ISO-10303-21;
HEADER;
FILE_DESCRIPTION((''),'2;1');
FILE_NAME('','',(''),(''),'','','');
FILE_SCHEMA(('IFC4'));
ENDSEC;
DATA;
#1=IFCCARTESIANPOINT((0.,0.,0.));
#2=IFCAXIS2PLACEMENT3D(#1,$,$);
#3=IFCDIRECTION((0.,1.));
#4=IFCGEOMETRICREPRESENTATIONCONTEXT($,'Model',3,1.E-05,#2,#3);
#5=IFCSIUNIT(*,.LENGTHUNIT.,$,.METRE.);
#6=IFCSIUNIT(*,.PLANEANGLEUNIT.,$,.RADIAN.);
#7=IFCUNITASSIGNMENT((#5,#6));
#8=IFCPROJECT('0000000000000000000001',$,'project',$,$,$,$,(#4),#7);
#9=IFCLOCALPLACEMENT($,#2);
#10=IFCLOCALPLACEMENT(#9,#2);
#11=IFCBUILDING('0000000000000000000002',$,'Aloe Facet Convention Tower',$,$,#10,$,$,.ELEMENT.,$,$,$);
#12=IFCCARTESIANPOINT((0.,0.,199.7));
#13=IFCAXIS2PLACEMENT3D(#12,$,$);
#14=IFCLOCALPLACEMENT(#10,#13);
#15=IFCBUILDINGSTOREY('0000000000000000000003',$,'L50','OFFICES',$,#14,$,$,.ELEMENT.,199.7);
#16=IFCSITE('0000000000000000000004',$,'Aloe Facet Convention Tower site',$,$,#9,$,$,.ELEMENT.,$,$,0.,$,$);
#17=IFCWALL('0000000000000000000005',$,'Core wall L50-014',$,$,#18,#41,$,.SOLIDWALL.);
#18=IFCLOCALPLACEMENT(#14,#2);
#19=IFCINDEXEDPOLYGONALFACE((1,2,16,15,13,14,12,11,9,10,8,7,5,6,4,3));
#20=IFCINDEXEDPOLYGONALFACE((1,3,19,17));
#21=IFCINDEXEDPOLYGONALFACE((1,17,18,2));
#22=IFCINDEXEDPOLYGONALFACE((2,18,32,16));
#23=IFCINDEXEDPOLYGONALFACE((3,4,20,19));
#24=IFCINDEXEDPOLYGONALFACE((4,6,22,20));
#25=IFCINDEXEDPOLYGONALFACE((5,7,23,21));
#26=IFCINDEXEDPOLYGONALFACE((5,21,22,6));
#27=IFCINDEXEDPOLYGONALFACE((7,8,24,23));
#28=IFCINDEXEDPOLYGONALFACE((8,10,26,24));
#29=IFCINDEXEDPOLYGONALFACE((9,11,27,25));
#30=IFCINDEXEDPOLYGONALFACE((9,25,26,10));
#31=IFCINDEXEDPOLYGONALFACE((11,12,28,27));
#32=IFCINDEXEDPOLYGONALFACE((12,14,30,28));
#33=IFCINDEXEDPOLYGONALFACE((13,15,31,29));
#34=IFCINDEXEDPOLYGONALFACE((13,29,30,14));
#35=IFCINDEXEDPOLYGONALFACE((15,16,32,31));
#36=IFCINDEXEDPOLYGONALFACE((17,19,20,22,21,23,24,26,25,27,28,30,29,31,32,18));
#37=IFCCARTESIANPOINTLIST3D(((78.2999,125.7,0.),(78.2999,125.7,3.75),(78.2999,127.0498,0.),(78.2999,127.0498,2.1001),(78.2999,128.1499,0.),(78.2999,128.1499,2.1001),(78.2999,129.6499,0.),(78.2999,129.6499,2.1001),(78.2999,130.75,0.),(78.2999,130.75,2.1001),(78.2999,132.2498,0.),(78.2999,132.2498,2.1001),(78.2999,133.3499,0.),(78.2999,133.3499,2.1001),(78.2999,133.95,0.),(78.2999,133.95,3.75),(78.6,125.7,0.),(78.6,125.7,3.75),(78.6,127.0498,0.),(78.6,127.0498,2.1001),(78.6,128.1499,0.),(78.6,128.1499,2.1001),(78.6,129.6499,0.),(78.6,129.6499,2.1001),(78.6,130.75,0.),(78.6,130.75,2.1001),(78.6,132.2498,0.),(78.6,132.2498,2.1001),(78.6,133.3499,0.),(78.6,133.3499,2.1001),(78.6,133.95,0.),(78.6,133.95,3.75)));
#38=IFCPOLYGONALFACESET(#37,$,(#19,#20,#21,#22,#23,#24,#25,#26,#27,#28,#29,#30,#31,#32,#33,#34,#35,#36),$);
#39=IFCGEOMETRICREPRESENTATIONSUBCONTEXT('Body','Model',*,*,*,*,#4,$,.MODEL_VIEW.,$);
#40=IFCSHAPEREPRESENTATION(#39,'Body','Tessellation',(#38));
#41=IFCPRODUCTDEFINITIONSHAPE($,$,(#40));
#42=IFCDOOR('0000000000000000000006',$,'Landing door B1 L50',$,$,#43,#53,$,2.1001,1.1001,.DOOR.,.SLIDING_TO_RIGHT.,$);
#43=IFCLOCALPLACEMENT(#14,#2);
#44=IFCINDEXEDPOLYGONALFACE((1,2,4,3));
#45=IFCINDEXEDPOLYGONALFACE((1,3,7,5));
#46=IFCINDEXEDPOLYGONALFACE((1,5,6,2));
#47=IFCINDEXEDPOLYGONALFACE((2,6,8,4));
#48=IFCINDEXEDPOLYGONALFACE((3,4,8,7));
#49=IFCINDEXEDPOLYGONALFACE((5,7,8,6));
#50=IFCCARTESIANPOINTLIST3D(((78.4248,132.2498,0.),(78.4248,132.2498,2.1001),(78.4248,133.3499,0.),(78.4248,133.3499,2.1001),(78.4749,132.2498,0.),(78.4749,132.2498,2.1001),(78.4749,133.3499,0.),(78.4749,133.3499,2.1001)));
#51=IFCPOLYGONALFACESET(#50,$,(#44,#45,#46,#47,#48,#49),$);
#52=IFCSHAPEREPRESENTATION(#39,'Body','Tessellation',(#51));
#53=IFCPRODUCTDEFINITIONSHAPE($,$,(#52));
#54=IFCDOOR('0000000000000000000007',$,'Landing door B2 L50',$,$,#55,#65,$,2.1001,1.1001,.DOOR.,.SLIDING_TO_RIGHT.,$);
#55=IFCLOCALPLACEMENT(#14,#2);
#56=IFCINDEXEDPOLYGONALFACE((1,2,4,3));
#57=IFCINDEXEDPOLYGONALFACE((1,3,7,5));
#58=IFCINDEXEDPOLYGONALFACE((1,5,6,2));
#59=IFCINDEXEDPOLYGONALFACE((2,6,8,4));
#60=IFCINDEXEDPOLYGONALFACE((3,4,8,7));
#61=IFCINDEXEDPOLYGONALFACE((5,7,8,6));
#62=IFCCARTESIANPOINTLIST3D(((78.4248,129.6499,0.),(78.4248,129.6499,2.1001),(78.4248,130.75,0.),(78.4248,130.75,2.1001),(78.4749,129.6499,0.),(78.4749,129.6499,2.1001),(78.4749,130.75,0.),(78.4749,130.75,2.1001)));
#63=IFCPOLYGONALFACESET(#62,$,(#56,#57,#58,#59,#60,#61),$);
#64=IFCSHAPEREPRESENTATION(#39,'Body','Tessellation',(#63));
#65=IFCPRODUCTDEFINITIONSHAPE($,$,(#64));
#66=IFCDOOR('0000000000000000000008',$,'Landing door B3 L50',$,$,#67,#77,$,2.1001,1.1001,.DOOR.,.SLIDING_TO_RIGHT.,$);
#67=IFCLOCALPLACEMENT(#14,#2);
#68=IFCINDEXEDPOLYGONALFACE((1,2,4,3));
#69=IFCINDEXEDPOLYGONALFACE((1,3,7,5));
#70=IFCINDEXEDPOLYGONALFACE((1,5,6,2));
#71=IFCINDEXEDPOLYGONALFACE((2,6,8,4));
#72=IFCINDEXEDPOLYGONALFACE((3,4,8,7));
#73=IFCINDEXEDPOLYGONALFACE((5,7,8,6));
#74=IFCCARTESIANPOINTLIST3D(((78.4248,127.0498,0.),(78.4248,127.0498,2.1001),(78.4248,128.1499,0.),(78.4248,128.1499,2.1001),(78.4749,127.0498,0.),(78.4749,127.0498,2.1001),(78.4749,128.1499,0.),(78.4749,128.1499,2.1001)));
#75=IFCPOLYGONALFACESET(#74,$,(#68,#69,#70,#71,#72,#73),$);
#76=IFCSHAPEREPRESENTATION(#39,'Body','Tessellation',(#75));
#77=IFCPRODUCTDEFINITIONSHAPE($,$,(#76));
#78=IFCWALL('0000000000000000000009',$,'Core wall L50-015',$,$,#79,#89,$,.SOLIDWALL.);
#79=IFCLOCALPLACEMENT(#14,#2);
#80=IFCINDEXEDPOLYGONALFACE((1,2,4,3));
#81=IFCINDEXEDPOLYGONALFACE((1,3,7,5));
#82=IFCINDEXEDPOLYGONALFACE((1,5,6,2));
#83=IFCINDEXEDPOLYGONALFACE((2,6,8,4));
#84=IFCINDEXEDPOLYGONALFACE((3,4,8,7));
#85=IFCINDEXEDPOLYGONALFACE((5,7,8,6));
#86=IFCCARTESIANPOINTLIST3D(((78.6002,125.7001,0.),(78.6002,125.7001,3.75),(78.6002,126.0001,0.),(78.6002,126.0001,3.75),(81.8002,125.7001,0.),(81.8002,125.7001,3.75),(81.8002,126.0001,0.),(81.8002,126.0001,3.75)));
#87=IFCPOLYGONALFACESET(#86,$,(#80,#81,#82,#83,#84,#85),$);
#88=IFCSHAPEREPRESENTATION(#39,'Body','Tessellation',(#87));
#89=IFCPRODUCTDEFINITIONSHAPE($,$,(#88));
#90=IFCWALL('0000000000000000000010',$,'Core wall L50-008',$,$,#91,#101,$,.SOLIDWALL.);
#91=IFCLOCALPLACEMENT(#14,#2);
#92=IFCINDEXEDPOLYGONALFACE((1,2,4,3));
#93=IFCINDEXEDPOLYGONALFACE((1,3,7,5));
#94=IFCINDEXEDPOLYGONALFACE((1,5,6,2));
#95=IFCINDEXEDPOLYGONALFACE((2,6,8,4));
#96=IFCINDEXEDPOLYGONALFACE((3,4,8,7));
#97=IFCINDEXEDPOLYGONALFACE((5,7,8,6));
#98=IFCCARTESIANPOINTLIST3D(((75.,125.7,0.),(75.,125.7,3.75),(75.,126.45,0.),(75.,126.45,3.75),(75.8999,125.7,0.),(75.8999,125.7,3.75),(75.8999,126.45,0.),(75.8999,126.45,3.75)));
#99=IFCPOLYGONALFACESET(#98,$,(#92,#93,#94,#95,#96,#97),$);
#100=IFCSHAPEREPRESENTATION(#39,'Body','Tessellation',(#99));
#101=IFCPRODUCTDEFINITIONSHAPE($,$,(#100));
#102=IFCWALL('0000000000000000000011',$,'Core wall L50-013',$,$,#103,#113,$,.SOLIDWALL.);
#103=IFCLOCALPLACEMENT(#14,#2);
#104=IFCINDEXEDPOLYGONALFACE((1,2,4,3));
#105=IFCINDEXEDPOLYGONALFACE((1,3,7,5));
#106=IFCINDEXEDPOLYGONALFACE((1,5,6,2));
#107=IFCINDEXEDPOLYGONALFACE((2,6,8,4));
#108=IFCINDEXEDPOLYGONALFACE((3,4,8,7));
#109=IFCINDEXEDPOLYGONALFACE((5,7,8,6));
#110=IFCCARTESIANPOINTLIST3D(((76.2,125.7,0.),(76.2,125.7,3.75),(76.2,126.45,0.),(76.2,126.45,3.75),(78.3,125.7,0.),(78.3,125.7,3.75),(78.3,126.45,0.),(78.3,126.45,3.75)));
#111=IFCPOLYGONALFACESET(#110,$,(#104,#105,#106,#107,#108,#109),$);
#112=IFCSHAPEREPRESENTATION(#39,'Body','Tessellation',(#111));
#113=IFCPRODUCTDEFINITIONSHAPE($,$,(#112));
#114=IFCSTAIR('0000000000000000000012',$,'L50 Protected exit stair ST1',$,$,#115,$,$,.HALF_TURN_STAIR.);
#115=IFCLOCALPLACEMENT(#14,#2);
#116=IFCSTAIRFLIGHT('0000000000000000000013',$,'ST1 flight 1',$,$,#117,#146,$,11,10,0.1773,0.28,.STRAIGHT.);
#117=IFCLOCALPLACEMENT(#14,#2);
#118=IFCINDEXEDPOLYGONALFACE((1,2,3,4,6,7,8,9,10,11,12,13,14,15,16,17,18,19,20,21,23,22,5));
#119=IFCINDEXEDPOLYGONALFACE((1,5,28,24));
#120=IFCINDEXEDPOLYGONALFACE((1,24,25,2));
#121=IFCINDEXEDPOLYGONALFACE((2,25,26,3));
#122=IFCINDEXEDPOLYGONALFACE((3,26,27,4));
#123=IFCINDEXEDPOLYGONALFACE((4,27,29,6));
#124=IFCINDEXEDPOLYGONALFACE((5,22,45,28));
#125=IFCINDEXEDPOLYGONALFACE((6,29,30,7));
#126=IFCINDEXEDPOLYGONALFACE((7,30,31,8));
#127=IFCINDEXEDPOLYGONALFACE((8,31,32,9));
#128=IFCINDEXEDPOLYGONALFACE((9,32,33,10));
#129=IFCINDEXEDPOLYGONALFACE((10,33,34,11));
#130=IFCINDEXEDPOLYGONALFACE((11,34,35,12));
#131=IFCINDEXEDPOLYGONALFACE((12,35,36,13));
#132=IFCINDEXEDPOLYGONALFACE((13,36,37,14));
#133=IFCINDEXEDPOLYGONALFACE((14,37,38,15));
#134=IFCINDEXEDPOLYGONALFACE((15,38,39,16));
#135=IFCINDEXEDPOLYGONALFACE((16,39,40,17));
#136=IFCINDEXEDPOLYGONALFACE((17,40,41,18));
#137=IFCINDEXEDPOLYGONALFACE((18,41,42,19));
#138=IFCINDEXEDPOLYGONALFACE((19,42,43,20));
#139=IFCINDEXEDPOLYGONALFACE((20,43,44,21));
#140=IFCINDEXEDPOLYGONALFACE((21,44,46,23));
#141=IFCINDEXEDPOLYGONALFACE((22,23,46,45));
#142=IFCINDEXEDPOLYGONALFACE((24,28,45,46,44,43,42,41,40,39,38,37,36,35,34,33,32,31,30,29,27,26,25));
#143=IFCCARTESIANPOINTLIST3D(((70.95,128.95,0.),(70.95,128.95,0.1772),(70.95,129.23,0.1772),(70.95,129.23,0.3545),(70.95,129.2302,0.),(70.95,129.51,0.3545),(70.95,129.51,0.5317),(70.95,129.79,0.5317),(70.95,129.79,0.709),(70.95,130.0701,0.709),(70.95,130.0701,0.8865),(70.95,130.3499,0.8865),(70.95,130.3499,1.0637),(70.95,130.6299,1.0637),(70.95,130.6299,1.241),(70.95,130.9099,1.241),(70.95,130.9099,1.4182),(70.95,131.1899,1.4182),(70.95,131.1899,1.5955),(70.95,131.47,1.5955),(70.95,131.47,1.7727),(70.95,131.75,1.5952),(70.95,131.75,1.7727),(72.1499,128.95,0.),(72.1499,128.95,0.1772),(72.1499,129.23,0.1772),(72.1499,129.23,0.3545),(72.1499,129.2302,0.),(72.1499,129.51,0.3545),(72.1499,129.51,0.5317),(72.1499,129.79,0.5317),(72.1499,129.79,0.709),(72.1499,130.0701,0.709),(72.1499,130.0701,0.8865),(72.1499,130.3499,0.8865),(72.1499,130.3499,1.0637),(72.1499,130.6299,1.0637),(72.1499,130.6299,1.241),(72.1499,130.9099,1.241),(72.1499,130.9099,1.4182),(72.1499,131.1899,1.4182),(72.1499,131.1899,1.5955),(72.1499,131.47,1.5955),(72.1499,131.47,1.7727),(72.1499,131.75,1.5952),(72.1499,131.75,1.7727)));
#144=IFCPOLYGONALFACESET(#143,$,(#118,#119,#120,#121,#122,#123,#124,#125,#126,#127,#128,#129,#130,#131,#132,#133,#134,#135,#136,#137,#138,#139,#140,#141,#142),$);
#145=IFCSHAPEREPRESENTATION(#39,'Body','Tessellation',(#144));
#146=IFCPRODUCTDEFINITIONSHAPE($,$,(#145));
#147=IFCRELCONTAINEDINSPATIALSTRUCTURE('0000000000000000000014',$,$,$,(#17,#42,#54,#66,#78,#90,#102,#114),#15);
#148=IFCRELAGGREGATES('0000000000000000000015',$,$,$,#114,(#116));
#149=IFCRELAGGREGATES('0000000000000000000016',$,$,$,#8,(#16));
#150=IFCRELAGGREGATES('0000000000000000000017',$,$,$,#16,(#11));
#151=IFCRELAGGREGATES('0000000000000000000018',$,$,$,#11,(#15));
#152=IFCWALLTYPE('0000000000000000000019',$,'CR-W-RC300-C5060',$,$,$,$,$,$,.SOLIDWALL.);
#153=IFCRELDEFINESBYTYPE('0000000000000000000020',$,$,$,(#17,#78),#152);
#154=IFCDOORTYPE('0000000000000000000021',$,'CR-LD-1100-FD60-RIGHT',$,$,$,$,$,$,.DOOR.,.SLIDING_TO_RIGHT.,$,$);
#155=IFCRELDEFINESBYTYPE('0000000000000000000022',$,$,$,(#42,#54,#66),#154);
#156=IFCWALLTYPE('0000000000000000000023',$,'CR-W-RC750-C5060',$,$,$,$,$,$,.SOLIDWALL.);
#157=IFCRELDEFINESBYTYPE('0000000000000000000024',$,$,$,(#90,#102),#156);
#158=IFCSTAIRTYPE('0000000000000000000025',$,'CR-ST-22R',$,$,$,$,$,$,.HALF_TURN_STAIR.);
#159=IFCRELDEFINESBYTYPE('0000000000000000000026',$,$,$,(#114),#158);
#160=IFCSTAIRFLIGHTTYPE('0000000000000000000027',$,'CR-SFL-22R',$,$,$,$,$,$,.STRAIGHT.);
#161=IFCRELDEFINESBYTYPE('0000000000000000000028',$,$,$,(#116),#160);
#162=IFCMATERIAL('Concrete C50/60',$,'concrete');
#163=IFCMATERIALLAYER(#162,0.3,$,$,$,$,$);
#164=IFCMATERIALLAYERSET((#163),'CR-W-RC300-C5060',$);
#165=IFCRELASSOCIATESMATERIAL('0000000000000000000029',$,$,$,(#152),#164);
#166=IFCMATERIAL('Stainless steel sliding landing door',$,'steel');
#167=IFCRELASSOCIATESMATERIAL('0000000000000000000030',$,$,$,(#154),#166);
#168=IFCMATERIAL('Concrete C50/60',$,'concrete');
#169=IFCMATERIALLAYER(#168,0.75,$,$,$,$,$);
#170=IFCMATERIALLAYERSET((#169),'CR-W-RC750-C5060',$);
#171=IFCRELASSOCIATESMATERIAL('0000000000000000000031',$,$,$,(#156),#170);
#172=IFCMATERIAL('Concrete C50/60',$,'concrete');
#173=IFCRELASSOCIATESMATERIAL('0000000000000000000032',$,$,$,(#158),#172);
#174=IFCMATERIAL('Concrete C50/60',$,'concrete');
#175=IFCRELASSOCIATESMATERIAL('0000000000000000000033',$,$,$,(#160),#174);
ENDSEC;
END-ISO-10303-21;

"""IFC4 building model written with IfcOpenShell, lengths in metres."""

from ifc_helpers import new_model, si_unit, direction, frame, frame_2d, origin, place, context, subcontext, project, spatial, polyline, rectangle, outline, extrude, material, layer, layer_set, type_object, element, fill, aggregate, save


model = new_model("IFC4")

# Units and contexts
model_context = context("Model", 3, precision=1e-05, world=origin(), true_north=direction((0.0, 1.0)))
body_context = subcontext(model_context, "Body", "Model", "MODEL_VIEW")
ifc_project = project(units=[si_unit("LENGTHUNIT", "METRE"), si_unit("PLANEANGLEUNIT", "RADIAN")], contexts=[model_context])

# Site, building, storey
site_placement = place(None, origin())
site = spatial("IfcSite", under=ifc_project, at=site_placement, Name="Aloe Facet Convention Tower site", CompositionType="ELEMENT", RefElevation=0.0)
building_placement = place(site_placement, origin())
building = spatial("IfcBuilding", under=site, at=building_placement, Name="Aloe Facet Convention Tower", CompositionType="ELEMENT")
storey_placement = place(building_placement, frame((0.0, 0.0, 199.7)))
storey = spatial("IfcBuildingStorey", under=building, at=storey_placement, Name="L50", Description="OFFICES", CompositionType="ELEMENT", Elevation=199.7)

# Shared definitions
ifc_material_1 = material(Name="Concrete C50/60", Category="concrete")
ifc_layer_1 = layer(ifc_material_1, 0.3)
ifc_layer_set_1 = layer_set([ifc_layer_1], Name="CR-W-RC300-C5060")
wall_type_1 = type_object("IfcWallType", Name="CR-W-RC300-C5060", PredefinedType="SOLIDWALL", material=ifc_layer_set_1)

# Wall, openings, doors
wall_1_placement = place(storey_placement, frame((78.45, 133.95, 0.0), z_axis=(0.0, 0.0, 1.0), x_axis=(0.0, -1.0, 0.0)))
wall_1 = element("IfcWall", 1, at=wall_1_placement, inside=storey, type_object=wall_type_1, Name="Core wall L50-014", PredefinedType="SOLIDWALL", context=body_context, shape_type="SweptSolid", body=[
    extrude(rectangle(XDim=8.25, YDim=0.3, at=frame_2d((4.125, 0.0))), origin(), (0.0, 0.0, 1.0), 3.75),
])
opening_1_placement = place(wall_1_placement, frame((0.6001, 0.0, 0.0)))
opening_1 = element("IfcOpeningElement", 2, at=opening_1_placement, cuts=wall_1, PredefinedType="OPENING", context=body_context, shape_type="SweptSolid", body=[
    extrude(rectangle(XDim=1.1001, YDim=2.1001, at=frame_2d((0.55, 1.05))), frame((0.0, 0.1602, 0.0), z_axis=(0.0, -1.0, 0.0), x_axis=(1.0, 0.0, 0.0)), (0.0, 0.0, 1.0), 0.3201),
])
opening_2_placement = place(wall_1_placement, frame((3.2, 0.0, 0.0)))
opening_2 = element("IfcOpeningElement", 3, at=opening_2_placement, cuts=wall_1, PredefinedType="OPENING", context=body_context, shape_type="SweptSolid", body=[
    extrude(rectangle(XDim=1.1001, YDim=2.1001, at=frame_2d((0.55, 1.05))), frame((0.0, 0.1602, 0.0), z_axis=(0.0, -1.0, 0.0), x_axis=(1.0, 0.0, 0.0)), (0.0, 0.0, 1.0), 0.3201),
])
opening_3_placement = place(wall_1_placement, frame((5.8, 0.0, 0.0)))
opening_3 = element("IfcOpeningElement", 4, at=opening_3_placement, cuts=wall_1, PredefinedType="OPENING", context=body_context, shape_type="SweptSolid", body=[
    extrude(rectangle(XDim=1.1001, YDim=2.1001, at=frame_2d((0.55, 1.05))), frame((0.0, 0.1602, 0.0), z_axis=(0.0, -1.0, 0.0), x_axis=(1.0, 0.0, 0.0)), (0.0, 0.0, 1.0), 0.3201),
])
ifc_material_2 = material(Name="Stainless steel sliding landing door", Category="steel")
door_type_1 = type_object("IfcDoorType", Name="CR-LD-1100-FD60-RIGHT", OperationType="SLIDING_TO_RIGHT", PredefinedType="DOOR", material=ifc_material_2)
door_1_placement = place(opening_1_placement, origin())
door_1 = element("IfcDoor", 5, at=door_1_placement, inside=storey, type_object=door_type_1, Name="Landing door B1 L50", OperationType="SLIDING_TO_RIGHT", OverallHeight=2.1001, OverallWidth=1.1001, PredefinedType="DOOR", context=body_context, shape_type="SweptSolid", body=[
    extrude(rectangle(XDim=1.1001, YDim=2.1001, at=frame_2d((0.55, 1.05))), frame((0.0, 0.0249, 0.0), z_axis=(0.0, -1.0, 0.0), x_axis=(1.0, 0.0, 0.0)), (0.0, 0.0, 1.0), 0.05),
])
fill(opening_1, door_1)
door_2_placement = place(opening_2_placement, origin())
door_2 = element("IfcDoor", 6, at=door_2_placement, inside=storey, type_object=door_type_1, Name="Landing door B2 L50", OperationType="SLIDING_TO_RIGHT", OverallHeight=2.1001, OverallWidth=1.1001, PredefinedType="DOOR", context=body_context, shape_type="SweptSolid", body=[
    extrude(rectangle(XDim=1.1001, YDim=2.1001, at=frame_2d((0.55, 1.05))), frame((0.0, 0.0249, 0.0), z_axis=(0.0, -1.0, 0.0), x_axis=(1.0, 0.0, 0.0)), (0.0, 0.0, 1.0), 0.05),
])
fill(opening_2, door_2)
door_3_placement = place(opening_3_placement, origin())
door_3 = element("IfcDoor", 7, at=door_3_placement, inside=storey, type_object=door_type_1, Name="Landing door B3 L50", OperationType="SLIDING_TO_RIGHT", OverallHeight=2.1001, OverallWidth=1.1001, PredefinedType="DOOR", context=body_context, shape_type="SweptSolid", body=[
    extrude(rectangle(XDim=1.1001, YDim=2.1001, at=frame_2d((0.55, 1.05))), frame((0.0, 0.0249, 0.0), z_axis=(0.0, -1.0, 0.0), x_axis=(1.0, 0.0, 0.0)), (0.0, 0.0, 1.0), 0.05),
])
fill(opening_3, door_3)

# Walls
wall_2_placement = place(storey_placement, frame((78.6001, 125.8501, 0.0), z_axis=(0.0, 0.0, 1.0), x_axis=(1.0, 0.0, 0.0)))
element("IfcWall", 8, at=wall_2_placement, inside=storey, type_object=wall_type_1, Name="Core wall L50-015", PredefinedType="SOLIDWALL", context=body_context, shape_type="SweptSolid", body=[
    extrude(rectangle(XDim=3.2, YDim=0.3, at=frame_2d((1.6001, 0.0))), origin(), (0.0, 0.0, 1.0), 3.75),
])
ifc_material_3 = material(Name="Concrete C50/60", Category="concrete")
ifc_layer_2 = layer(ifc_material_3, 0.75)
ifc_layer_set_2 = layer_set([ifc_layer_2], Name="CR-W-RC750-C5060")
wall_type_2 = type_object("IfcWallType", Name="CR-W-RC750-C5060", PredefinedType="SOLIDWALL", material=ifc_layer_set_2)
wall_3_placement = place(storey_placement, frame((75.0, 126.075, 0.0), z_axis=(0.0, 0.0, 1.0), x_axis=(1.0, 0.0, 0.0)))
element("IfcWall", 9, at=wall_3_placement, inside=storey, type_object=wall_type_2, Name="Core wall L50-008", PredefinedType="SOLIDWALL", context=body_context, shape_type="SweptSolid", body=[
    extrude(rectangle(XDim=0.8999, YDim=0.75, at=frame_2d((0.45, 0.0))), origin(), (0.0, 0.0, 1.0), 3.75),
])
wall_4_placement = place(storey_placement, frame((76.2, 126.075, 0.0), z_axis=(0.0, 0.0, 1.0), x_axis=(1.0, 0.0, 0.0)))
element("IfcWall", 10, at=wall_4_placement, inside=storey, type_object=wall_type_2, Name="Core wall L50-013", PredefinedType="SOLIDWALL", context=body_context, shape_type="SweptSolid", body=[
    extrude(rectangle(XDim=2.1001, YDim=0.75, at=frame_2d((1.05, 0.0))), origin(), (0.0, 0.0, 1.0), 3.75),
])

# Stair, stair flight
ifc_material_4 = material(Name="Concrete C50/60", Category="concrete")
stair_type = type_object("IfcStairType", Name="CR-ST-22R", PredefinedType="HALF_TURN_STAIR", material=ifc_material_4)
stair_1_placement = place(storey_placement, origin())
stair_1 = element("IfcStair", 11, at=stair_1_placement, inside=storey, type_object=stair_type, Name="L50 Protected exit stair ST1", PredefinedType="HALF_TURN_STAIR")
ifc_material_5 = material(Name="Concrete C50/60", Category="concrete")
stair_flight_type = type_object("IfcStairFlightType", Name="CR-SFL-22R", PredefinedType="STRAIGHT", material=ifc_material_5)
stair_flight_1_placement = place(storey_placement, frame((71.55, 128.95, 0.0), z_axis=(0.0, 0.0, 1.0), x_axis=(0.0, 1.0, 0.0)))
stair_flight_1 = element("IfcStairFlight", 12, at=stair_flight_1_placement, type_object=stair_flight_type, Name="ST1 flight 1", NumberOfRisers=11, NumberOfTreads=10, PredefinedType="STRAIGHT", RiserHeight=0.1773, TreadLength=0.28, context=body_context, shape_type="SweptSolid", body=[
    extrude(outline(polyline([(0.0, 0.0), (0.0, 0.1772), (0.28, 0.1772), (0.28, 0.3545), (0.5601, 0.3545), (0.5601, 0.5317), (0.8401, 0.5317), (0.8401, 0.709), (1.1201, 0.709), (1.1201, 0.8865), (1.3999, 0.8865), (1.3999, 1.0637), (1.6799, 1.0637), (1.6799, 1.241), (1.96, 1.241), (1.96, 1.4182), (2.24, 1.4182), (2.24, 1.5955), (2.52, 1.5955), (2.52, 1.7727), (2.8, 1.7727), (2.8, 1.95), (2.8, 1.5952), (0.2803, 0.0), (0.0, 0.0)])), frame((0.0, 0.6001, 0.0), z_axis=(0.0, -1.0, 0.0), x_axis=(1.0, 0.0, 0.0)), (0.0, 0.0, 1.0), 1.2),
])
aggregate(stair_1, [stair_flight_1])

save(model, "model.ifc")
